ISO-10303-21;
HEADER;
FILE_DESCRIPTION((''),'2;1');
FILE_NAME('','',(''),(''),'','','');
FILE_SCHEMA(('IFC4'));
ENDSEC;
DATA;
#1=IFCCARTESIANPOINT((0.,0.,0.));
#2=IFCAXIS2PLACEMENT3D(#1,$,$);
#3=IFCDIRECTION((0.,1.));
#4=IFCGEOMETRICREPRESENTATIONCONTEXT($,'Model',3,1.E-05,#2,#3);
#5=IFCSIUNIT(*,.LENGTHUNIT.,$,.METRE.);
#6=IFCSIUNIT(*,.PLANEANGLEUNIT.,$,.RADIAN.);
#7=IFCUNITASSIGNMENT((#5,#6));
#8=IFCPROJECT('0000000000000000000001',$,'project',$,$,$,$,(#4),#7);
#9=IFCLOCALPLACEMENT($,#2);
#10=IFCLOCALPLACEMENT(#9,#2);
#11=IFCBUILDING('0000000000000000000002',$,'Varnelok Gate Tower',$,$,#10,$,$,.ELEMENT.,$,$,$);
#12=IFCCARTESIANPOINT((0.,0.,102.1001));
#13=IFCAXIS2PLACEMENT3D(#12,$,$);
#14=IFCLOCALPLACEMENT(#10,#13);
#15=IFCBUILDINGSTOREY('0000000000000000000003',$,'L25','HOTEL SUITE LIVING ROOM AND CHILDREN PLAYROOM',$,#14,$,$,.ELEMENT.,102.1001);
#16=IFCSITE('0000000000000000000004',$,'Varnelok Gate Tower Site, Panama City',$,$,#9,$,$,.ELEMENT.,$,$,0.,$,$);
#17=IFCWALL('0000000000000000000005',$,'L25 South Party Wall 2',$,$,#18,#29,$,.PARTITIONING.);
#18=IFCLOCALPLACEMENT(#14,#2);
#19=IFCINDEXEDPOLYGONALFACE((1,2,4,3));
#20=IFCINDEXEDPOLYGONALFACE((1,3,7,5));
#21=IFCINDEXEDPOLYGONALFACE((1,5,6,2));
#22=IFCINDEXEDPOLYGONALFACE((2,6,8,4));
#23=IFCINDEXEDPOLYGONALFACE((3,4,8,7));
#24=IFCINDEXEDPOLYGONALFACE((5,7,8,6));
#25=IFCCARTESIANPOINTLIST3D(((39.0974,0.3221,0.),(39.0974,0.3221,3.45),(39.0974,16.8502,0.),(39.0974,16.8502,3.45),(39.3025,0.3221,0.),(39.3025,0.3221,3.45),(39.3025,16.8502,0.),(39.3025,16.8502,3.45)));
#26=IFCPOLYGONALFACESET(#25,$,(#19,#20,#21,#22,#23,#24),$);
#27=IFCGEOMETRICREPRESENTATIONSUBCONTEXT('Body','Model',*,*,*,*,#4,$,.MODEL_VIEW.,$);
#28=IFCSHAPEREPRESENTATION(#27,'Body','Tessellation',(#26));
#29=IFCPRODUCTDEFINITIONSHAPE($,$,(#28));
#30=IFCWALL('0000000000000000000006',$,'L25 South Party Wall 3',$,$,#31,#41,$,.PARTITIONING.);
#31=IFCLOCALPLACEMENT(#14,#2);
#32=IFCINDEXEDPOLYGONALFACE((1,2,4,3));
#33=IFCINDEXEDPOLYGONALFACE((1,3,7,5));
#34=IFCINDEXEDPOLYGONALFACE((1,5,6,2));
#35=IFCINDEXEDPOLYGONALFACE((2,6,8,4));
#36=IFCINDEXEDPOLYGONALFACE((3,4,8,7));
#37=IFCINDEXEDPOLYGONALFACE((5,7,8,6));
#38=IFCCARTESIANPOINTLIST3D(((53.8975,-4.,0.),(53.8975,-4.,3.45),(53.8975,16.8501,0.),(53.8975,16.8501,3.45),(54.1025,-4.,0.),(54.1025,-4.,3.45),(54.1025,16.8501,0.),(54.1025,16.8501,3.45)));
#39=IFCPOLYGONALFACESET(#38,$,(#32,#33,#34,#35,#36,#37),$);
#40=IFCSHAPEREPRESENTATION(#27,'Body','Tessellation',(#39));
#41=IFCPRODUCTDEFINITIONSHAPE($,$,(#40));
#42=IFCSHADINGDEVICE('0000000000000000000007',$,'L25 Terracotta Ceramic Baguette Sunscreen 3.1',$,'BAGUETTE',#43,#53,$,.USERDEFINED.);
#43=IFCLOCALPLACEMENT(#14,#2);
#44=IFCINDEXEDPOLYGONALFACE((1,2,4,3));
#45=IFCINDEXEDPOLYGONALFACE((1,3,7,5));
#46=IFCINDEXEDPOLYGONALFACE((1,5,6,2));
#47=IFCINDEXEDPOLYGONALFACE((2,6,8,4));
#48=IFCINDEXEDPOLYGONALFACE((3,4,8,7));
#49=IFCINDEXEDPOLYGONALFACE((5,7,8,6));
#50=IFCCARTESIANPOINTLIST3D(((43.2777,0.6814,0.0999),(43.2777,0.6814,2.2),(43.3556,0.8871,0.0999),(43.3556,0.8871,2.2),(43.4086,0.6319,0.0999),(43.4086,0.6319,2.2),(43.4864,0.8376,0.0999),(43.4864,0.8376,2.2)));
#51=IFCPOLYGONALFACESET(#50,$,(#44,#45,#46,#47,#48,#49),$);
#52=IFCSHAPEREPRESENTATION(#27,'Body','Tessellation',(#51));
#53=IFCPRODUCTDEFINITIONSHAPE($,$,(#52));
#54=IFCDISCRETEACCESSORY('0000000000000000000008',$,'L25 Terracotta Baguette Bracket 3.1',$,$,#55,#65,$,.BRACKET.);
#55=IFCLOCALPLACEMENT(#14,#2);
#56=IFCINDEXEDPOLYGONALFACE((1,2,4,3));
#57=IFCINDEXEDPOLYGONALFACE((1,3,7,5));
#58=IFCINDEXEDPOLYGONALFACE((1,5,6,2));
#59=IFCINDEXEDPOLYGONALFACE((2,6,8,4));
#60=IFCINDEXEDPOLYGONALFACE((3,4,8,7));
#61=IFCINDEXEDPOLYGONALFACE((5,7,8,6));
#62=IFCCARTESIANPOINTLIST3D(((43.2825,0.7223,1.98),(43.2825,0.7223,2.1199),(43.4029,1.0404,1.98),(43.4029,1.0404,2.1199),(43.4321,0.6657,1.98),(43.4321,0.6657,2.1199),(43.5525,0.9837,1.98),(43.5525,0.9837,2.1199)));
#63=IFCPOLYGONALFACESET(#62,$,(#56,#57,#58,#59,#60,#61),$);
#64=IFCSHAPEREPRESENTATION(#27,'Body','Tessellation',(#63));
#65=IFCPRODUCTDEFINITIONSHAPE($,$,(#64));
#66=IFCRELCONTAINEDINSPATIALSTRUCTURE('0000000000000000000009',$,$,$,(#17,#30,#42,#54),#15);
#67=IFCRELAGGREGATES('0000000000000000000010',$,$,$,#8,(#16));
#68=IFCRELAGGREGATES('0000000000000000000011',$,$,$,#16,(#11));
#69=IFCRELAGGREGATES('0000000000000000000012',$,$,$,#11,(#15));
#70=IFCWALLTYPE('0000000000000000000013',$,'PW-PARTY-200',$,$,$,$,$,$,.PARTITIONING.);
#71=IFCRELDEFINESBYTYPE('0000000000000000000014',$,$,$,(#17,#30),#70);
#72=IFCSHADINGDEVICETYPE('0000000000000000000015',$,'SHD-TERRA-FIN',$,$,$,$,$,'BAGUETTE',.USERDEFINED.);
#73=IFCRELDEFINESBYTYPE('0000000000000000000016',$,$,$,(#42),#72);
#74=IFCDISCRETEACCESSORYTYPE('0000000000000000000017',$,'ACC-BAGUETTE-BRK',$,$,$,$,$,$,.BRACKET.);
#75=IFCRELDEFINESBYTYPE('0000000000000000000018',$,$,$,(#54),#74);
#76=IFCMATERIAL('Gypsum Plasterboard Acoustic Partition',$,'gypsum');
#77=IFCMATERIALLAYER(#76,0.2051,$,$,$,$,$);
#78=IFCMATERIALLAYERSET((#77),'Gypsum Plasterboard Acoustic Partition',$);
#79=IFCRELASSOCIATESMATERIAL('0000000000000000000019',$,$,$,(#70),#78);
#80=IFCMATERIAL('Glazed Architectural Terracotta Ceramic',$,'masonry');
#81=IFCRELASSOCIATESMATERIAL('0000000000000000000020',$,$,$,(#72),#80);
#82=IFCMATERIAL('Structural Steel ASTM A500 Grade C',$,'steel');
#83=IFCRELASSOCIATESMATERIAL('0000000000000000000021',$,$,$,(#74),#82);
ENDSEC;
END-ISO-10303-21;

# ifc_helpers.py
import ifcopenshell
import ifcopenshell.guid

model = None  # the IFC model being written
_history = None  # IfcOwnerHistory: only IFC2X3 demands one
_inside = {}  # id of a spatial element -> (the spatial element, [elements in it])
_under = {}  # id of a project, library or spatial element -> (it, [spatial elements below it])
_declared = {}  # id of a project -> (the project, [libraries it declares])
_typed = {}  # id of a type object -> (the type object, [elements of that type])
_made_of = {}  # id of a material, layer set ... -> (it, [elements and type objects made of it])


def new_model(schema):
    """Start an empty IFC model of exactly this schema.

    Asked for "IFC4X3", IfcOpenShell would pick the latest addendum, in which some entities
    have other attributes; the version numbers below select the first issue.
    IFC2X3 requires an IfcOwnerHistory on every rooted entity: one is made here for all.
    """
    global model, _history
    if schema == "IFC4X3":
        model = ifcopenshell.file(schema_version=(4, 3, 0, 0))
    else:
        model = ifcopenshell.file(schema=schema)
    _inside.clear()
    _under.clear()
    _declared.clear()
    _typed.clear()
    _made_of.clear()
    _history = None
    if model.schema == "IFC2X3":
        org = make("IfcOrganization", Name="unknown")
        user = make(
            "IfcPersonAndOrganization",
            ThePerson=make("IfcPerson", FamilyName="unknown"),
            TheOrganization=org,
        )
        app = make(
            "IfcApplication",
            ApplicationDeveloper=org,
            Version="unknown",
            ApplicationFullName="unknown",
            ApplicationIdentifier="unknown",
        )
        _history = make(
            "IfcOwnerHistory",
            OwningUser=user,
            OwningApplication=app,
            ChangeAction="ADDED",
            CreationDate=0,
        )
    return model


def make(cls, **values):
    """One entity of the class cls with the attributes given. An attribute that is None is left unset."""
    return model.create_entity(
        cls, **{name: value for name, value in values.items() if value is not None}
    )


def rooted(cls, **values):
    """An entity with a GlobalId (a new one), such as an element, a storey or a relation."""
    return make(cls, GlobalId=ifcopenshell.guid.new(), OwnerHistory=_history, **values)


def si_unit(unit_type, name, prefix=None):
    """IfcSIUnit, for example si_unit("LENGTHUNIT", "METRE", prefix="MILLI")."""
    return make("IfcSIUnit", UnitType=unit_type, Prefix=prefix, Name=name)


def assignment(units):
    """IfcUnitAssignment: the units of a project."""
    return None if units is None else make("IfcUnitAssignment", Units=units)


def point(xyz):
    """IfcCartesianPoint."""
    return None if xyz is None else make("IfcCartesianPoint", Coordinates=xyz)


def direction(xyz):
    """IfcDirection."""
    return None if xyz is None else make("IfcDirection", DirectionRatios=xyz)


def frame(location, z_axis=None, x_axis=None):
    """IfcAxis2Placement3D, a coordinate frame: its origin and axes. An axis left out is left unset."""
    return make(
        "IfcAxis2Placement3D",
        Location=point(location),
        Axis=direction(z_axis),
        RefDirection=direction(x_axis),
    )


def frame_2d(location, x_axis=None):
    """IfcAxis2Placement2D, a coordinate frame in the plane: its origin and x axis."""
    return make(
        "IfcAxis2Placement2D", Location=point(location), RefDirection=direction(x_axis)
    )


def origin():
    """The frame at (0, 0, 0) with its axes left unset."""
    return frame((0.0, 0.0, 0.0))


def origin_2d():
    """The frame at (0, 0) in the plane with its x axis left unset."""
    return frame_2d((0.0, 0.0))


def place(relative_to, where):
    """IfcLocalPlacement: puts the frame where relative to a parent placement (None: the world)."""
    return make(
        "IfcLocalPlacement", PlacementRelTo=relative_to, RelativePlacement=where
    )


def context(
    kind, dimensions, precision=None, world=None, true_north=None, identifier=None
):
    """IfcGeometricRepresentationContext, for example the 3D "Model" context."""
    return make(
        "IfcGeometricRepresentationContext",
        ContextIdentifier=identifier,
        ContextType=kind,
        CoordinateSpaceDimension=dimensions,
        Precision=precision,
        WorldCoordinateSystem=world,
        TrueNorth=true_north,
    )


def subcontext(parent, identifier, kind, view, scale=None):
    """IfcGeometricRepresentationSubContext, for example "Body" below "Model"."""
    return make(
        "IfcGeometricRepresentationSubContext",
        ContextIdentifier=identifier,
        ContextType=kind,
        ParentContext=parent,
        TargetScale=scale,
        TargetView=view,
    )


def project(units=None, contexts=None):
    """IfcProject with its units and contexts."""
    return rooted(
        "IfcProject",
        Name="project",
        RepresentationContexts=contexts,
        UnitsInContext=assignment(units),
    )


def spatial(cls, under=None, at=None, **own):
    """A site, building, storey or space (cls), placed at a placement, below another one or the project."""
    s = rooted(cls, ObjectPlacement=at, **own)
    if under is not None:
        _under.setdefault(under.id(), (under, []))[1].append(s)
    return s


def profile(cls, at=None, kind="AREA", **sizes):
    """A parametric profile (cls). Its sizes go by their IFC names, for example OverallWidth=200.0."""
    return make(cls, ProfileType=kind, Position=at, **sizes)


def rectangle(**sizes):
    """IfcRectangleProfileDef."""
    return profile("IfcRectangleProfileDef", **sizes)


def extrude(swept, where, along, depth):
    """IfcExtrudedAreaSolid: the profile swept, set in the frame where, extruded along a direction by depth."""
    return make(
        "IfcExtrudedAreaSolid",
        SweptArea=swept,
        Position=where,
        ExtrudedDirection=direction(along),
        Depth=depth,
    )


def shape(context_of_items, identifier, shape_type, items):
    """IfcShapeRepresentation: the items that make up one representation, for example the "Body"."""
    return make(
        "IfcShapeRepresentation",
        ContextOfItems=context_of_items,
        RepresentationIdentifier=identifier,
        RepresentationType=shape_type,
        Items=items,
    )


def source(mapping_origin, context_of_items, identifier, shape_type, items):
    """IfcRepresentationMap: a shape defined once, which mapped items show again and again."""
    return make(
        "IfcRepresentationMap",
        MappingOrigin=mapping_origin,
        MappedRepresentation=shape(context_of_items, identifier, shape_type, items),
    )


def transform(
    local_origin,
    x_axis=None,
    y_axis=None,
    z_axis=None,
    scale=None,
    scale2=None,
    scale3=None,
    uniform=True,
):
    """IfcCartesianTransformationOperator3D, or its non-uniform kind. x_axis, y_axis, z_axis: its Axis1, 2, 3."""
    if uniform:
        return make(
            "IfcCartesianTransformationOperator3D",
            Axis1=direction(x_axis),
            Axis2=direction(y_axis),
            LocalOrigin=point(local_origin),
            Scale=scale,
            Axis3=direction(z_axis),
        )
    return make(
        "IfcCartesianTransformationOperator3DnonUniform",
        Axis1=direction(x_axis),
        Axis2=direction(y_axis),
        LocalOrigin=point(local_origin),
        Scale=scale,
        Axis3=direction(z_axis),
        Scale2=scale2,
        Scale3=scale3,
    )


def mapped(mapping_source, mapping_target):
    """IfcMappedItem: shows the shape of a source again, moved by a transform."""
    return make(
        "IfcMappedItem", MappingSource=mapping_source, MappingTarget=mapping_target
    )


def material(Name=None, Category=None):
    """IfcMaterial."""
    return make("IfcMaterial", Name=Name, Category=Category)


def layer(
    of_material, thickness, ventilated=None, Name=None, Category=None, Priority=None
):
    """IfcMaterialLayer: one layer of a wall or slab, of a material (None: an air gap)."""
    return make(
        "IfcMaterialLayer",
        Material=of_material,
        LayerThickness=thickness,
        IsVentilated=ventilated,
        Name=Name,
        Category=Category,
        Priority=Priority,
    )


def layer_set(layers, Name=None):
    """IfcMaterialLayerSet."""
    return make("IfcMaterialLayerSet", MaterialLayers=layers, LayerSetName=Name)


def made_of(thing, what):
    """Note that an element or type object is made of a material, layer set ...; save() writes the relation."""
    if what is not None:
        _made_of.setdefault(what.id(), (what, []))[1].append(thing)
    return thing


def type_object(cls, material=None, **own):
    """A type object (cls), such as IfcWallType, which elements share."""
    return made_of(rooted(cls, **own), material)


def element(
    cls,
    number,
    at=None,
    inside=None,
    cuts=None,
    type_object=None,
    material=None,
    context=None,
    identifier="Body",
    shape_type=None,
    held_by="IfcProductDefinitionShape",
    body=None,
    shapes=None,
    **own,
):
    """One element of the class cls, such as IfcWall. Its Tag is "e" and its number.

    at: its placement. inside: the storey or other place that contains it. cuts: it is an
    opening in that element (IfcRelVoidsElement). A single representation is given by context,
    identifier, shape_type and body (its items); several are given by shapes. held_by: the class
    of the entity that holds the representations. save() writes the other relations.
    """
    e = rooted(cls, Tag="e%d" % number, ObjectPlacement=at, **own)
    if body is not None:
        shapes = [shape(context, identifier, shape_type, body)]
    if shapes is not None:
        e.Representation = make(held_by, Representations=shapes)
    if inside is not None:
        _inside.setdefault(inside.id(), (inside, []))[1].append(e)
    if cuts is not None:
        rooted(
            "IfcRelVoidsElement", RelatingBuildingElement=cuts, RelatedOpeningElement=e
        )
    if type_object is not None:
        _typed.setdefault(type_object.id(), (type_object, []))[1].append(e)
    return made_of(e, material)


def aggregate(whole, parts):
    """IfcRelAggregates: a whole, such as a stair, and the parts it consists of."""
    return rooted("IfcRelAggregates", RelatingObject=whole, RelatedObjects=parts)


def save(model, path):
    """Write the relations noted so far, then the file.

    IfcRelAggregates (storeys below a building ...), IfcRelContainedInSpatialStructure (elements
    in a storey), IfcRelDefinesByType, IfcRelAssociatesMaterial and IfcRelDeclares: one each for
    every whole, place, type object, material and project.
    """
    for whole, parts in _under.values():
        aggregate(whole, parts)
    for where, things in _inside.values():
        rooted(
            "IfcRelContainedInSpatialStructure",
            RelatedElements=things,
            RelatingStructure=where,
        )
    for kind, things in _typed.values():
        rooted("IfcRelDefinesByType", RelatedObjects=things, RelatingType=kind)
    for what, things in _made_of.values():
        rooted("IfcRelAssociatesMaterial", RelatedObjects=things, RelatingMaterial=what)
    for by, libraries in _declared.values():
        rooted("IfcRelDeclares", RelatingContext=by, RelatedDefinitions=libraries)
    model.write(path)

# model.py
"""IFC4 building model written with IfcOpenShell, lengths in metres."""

from ifc_helpers import new_model, si_unit, direction, frame, frame_2d, origin, origin_2d, place, context, subcontext, project, spatial, rectangle, extrude, source, transform, mapped, material, layer, layer_set, type_object, element, save


model = new_model("IFC4")

# Units and contexts
model_context = context("Model", 3, precision=1e-05, world=origin(), true_north=direction((0.0, 1.0)))
body_context = subcontext(model_context, "Body", "Model", "MODEL_VIEW")
ifc_project = project(units=[si_unit("LENGTHUNIT", "METRE"), si_unit("PLANEANGLEUNIT", "RADIAN")], contexts=[model_context])

# Site, building, storey
site_placement = place(None, origin())
site = spatial("IfcSite", under=ifc_project, at=site_placement, Name="Varnelok Gate Tower Site, Panama City", CompositionType="ELEMENT", RefElevation=0.0)
building_placement = place(site_placement, origin())
building = spatial("IfcBuilding", under=site, at=building_placement, Name="Varnelok Gate Tower", CompositionType="ELEMENT")
storey_placement = place(building_placement, frame((0.0, 0.0, 102.1001)))
storey = spatial("IfcBuildingStorey", under=building, at=storey_placement, Name="L25", Description="HOTEL SUITE LIVING ROOM AND CHILDREN PLAYROOM", CompositionType="ELEMENT", Elevation=102.1001)

# Shared definitions
ifc_material_1 = material(Name="Gypsum Plasterboard Acoustic Partition", Category="gypsum")

# Walls
ifc_layer_1 = layer(ifc_material_1, 0.2051)
ifc_layer_set_1 = layer_set([ifc_layer_1], Name="Gypsum Plasterboard Acoustic Partition")
wall_type_1 = type_object("IfcWallType", Name="PW-PARTY-200", PredefinedType="PARTITIONING", material=ifc_layer_set_1)
wall_1_placement = place(storey_placement, frame((39.2, 0.322, 0.0), z_axis=(0.0, 0.0, 1.0), x_axis=(0.0, 1.0, 0.0)))
element("IfcWall", 1, at=wall_1_placement, inside=storey, type_object=wall_type_1, Name="L25 South Party Wall 2", PredefinedType="PARTITIONING", context=body_context, shape_type="SweptSolid", body=[
    extrude(rectangle(XDim=16.5281, YDim=0.2051, at=frame_2d((8.2642, 0.0))), origin(), (0.0, 0.0, 1.0), 3.45),
])
wall_2_placement = place(storey_placement, frame((54.0, -4.0, 0.0), z_axis=(0.0, 0.0, 1.0), x_axis=(0.0, 1.0, 0.0)))
element("IfcWall", 2, at=wall_2_placement, inside=storey, type_object=wall_type_1, Name="L25 South Party Wall 3", PredefinedType="PARTITIONING", context=body_context, shape_type="SweptSolid", body=[
    extrude(rectangle(XDim=20.8501, YDim=0.2051, at=frame_2d((10.425, 0.0))), origin(), (0.0, 0.0, 1.0), 3.45),
])

# Shading device
ifc_material_2 = material(Name="Glazed Architectural Terracotta Ceramic", Category="masonry")
shading_device_type = type_object("IfcShadingDeviceType", Name="SHD-TERRA-FIN", ElementType="BAGUETTE", PredefinedType="USERDEFINED", material=ifc_material_2)
shared_shape_1 = source(origin(), body_context, "Body", "SweptSolid", [
    extrude(rectangle(XDim=0.1399, YDim=0.22, at=origin_2d()), origin(), (0.0, 0.0, 1.0), 2.1001),
])
shading_device_placement = place(storey_placement, frame((43.3821, 0.7595, 0.0999), z_axis=(0.0, 0.0, 1.0), x_axis=(0.935222, -0.354063, 0.0)))
element("IfcShadingDevice", 3, at=shading_device_placement, inside=storey, type_object=shading_device_type, Name="L25 Terracotta Ceramic Baguette Sunscreen 3.1", ObjectType="BAGUETTE", PredefinedType="USERDEFINED", context=body_context, shape_type="MappedRepresentation", body=[
    mapped(shared_shape_1, transform((0.0, 0.0, 0.0), scale=1.0)),
])

# Discrete accessory
ifc_material_3 = material(Name="Structural Steel ASTM A500 Grade C", Category="steel")
discrete_accessory_type = type_object("IfcDiscreteAccessoryType", Name="ACC-BAGUETTE-BRK", PredefinedType="BRACKET", material=ifc_material_3)
shared_shape_2 = source(origin(), body_context, "Body", "SweptSolid", [
    extrude(rectangle(XDim=0.1599, YDim=0.3401, at=origin_2d()), origin(), (0.0, 0.0, 1.0), 0.1399),
])
discrete_accessory_placement = place(storey_placement, frame((43.4175, 0.853, 1.98), z_axis=(0.0, 0.0, 1.0), x_axis=(0.935222, -0.354063, 0.0)))
element("IfcDiscreteAccessory", 4, at=discrete_accessory_placement, inside=storey, type_object=discrete_accessory_type, Name="L25 Terracotta Baguette Bracket 3.1", PredefinedType="BRACKET", context=body_context, shape_type="MappedRepresentation", body=[
    mapped(shared_shape_2, transform((0.0, 0.0, 0.0), scale=1.0)),
])

save(model, "model.ifc")
